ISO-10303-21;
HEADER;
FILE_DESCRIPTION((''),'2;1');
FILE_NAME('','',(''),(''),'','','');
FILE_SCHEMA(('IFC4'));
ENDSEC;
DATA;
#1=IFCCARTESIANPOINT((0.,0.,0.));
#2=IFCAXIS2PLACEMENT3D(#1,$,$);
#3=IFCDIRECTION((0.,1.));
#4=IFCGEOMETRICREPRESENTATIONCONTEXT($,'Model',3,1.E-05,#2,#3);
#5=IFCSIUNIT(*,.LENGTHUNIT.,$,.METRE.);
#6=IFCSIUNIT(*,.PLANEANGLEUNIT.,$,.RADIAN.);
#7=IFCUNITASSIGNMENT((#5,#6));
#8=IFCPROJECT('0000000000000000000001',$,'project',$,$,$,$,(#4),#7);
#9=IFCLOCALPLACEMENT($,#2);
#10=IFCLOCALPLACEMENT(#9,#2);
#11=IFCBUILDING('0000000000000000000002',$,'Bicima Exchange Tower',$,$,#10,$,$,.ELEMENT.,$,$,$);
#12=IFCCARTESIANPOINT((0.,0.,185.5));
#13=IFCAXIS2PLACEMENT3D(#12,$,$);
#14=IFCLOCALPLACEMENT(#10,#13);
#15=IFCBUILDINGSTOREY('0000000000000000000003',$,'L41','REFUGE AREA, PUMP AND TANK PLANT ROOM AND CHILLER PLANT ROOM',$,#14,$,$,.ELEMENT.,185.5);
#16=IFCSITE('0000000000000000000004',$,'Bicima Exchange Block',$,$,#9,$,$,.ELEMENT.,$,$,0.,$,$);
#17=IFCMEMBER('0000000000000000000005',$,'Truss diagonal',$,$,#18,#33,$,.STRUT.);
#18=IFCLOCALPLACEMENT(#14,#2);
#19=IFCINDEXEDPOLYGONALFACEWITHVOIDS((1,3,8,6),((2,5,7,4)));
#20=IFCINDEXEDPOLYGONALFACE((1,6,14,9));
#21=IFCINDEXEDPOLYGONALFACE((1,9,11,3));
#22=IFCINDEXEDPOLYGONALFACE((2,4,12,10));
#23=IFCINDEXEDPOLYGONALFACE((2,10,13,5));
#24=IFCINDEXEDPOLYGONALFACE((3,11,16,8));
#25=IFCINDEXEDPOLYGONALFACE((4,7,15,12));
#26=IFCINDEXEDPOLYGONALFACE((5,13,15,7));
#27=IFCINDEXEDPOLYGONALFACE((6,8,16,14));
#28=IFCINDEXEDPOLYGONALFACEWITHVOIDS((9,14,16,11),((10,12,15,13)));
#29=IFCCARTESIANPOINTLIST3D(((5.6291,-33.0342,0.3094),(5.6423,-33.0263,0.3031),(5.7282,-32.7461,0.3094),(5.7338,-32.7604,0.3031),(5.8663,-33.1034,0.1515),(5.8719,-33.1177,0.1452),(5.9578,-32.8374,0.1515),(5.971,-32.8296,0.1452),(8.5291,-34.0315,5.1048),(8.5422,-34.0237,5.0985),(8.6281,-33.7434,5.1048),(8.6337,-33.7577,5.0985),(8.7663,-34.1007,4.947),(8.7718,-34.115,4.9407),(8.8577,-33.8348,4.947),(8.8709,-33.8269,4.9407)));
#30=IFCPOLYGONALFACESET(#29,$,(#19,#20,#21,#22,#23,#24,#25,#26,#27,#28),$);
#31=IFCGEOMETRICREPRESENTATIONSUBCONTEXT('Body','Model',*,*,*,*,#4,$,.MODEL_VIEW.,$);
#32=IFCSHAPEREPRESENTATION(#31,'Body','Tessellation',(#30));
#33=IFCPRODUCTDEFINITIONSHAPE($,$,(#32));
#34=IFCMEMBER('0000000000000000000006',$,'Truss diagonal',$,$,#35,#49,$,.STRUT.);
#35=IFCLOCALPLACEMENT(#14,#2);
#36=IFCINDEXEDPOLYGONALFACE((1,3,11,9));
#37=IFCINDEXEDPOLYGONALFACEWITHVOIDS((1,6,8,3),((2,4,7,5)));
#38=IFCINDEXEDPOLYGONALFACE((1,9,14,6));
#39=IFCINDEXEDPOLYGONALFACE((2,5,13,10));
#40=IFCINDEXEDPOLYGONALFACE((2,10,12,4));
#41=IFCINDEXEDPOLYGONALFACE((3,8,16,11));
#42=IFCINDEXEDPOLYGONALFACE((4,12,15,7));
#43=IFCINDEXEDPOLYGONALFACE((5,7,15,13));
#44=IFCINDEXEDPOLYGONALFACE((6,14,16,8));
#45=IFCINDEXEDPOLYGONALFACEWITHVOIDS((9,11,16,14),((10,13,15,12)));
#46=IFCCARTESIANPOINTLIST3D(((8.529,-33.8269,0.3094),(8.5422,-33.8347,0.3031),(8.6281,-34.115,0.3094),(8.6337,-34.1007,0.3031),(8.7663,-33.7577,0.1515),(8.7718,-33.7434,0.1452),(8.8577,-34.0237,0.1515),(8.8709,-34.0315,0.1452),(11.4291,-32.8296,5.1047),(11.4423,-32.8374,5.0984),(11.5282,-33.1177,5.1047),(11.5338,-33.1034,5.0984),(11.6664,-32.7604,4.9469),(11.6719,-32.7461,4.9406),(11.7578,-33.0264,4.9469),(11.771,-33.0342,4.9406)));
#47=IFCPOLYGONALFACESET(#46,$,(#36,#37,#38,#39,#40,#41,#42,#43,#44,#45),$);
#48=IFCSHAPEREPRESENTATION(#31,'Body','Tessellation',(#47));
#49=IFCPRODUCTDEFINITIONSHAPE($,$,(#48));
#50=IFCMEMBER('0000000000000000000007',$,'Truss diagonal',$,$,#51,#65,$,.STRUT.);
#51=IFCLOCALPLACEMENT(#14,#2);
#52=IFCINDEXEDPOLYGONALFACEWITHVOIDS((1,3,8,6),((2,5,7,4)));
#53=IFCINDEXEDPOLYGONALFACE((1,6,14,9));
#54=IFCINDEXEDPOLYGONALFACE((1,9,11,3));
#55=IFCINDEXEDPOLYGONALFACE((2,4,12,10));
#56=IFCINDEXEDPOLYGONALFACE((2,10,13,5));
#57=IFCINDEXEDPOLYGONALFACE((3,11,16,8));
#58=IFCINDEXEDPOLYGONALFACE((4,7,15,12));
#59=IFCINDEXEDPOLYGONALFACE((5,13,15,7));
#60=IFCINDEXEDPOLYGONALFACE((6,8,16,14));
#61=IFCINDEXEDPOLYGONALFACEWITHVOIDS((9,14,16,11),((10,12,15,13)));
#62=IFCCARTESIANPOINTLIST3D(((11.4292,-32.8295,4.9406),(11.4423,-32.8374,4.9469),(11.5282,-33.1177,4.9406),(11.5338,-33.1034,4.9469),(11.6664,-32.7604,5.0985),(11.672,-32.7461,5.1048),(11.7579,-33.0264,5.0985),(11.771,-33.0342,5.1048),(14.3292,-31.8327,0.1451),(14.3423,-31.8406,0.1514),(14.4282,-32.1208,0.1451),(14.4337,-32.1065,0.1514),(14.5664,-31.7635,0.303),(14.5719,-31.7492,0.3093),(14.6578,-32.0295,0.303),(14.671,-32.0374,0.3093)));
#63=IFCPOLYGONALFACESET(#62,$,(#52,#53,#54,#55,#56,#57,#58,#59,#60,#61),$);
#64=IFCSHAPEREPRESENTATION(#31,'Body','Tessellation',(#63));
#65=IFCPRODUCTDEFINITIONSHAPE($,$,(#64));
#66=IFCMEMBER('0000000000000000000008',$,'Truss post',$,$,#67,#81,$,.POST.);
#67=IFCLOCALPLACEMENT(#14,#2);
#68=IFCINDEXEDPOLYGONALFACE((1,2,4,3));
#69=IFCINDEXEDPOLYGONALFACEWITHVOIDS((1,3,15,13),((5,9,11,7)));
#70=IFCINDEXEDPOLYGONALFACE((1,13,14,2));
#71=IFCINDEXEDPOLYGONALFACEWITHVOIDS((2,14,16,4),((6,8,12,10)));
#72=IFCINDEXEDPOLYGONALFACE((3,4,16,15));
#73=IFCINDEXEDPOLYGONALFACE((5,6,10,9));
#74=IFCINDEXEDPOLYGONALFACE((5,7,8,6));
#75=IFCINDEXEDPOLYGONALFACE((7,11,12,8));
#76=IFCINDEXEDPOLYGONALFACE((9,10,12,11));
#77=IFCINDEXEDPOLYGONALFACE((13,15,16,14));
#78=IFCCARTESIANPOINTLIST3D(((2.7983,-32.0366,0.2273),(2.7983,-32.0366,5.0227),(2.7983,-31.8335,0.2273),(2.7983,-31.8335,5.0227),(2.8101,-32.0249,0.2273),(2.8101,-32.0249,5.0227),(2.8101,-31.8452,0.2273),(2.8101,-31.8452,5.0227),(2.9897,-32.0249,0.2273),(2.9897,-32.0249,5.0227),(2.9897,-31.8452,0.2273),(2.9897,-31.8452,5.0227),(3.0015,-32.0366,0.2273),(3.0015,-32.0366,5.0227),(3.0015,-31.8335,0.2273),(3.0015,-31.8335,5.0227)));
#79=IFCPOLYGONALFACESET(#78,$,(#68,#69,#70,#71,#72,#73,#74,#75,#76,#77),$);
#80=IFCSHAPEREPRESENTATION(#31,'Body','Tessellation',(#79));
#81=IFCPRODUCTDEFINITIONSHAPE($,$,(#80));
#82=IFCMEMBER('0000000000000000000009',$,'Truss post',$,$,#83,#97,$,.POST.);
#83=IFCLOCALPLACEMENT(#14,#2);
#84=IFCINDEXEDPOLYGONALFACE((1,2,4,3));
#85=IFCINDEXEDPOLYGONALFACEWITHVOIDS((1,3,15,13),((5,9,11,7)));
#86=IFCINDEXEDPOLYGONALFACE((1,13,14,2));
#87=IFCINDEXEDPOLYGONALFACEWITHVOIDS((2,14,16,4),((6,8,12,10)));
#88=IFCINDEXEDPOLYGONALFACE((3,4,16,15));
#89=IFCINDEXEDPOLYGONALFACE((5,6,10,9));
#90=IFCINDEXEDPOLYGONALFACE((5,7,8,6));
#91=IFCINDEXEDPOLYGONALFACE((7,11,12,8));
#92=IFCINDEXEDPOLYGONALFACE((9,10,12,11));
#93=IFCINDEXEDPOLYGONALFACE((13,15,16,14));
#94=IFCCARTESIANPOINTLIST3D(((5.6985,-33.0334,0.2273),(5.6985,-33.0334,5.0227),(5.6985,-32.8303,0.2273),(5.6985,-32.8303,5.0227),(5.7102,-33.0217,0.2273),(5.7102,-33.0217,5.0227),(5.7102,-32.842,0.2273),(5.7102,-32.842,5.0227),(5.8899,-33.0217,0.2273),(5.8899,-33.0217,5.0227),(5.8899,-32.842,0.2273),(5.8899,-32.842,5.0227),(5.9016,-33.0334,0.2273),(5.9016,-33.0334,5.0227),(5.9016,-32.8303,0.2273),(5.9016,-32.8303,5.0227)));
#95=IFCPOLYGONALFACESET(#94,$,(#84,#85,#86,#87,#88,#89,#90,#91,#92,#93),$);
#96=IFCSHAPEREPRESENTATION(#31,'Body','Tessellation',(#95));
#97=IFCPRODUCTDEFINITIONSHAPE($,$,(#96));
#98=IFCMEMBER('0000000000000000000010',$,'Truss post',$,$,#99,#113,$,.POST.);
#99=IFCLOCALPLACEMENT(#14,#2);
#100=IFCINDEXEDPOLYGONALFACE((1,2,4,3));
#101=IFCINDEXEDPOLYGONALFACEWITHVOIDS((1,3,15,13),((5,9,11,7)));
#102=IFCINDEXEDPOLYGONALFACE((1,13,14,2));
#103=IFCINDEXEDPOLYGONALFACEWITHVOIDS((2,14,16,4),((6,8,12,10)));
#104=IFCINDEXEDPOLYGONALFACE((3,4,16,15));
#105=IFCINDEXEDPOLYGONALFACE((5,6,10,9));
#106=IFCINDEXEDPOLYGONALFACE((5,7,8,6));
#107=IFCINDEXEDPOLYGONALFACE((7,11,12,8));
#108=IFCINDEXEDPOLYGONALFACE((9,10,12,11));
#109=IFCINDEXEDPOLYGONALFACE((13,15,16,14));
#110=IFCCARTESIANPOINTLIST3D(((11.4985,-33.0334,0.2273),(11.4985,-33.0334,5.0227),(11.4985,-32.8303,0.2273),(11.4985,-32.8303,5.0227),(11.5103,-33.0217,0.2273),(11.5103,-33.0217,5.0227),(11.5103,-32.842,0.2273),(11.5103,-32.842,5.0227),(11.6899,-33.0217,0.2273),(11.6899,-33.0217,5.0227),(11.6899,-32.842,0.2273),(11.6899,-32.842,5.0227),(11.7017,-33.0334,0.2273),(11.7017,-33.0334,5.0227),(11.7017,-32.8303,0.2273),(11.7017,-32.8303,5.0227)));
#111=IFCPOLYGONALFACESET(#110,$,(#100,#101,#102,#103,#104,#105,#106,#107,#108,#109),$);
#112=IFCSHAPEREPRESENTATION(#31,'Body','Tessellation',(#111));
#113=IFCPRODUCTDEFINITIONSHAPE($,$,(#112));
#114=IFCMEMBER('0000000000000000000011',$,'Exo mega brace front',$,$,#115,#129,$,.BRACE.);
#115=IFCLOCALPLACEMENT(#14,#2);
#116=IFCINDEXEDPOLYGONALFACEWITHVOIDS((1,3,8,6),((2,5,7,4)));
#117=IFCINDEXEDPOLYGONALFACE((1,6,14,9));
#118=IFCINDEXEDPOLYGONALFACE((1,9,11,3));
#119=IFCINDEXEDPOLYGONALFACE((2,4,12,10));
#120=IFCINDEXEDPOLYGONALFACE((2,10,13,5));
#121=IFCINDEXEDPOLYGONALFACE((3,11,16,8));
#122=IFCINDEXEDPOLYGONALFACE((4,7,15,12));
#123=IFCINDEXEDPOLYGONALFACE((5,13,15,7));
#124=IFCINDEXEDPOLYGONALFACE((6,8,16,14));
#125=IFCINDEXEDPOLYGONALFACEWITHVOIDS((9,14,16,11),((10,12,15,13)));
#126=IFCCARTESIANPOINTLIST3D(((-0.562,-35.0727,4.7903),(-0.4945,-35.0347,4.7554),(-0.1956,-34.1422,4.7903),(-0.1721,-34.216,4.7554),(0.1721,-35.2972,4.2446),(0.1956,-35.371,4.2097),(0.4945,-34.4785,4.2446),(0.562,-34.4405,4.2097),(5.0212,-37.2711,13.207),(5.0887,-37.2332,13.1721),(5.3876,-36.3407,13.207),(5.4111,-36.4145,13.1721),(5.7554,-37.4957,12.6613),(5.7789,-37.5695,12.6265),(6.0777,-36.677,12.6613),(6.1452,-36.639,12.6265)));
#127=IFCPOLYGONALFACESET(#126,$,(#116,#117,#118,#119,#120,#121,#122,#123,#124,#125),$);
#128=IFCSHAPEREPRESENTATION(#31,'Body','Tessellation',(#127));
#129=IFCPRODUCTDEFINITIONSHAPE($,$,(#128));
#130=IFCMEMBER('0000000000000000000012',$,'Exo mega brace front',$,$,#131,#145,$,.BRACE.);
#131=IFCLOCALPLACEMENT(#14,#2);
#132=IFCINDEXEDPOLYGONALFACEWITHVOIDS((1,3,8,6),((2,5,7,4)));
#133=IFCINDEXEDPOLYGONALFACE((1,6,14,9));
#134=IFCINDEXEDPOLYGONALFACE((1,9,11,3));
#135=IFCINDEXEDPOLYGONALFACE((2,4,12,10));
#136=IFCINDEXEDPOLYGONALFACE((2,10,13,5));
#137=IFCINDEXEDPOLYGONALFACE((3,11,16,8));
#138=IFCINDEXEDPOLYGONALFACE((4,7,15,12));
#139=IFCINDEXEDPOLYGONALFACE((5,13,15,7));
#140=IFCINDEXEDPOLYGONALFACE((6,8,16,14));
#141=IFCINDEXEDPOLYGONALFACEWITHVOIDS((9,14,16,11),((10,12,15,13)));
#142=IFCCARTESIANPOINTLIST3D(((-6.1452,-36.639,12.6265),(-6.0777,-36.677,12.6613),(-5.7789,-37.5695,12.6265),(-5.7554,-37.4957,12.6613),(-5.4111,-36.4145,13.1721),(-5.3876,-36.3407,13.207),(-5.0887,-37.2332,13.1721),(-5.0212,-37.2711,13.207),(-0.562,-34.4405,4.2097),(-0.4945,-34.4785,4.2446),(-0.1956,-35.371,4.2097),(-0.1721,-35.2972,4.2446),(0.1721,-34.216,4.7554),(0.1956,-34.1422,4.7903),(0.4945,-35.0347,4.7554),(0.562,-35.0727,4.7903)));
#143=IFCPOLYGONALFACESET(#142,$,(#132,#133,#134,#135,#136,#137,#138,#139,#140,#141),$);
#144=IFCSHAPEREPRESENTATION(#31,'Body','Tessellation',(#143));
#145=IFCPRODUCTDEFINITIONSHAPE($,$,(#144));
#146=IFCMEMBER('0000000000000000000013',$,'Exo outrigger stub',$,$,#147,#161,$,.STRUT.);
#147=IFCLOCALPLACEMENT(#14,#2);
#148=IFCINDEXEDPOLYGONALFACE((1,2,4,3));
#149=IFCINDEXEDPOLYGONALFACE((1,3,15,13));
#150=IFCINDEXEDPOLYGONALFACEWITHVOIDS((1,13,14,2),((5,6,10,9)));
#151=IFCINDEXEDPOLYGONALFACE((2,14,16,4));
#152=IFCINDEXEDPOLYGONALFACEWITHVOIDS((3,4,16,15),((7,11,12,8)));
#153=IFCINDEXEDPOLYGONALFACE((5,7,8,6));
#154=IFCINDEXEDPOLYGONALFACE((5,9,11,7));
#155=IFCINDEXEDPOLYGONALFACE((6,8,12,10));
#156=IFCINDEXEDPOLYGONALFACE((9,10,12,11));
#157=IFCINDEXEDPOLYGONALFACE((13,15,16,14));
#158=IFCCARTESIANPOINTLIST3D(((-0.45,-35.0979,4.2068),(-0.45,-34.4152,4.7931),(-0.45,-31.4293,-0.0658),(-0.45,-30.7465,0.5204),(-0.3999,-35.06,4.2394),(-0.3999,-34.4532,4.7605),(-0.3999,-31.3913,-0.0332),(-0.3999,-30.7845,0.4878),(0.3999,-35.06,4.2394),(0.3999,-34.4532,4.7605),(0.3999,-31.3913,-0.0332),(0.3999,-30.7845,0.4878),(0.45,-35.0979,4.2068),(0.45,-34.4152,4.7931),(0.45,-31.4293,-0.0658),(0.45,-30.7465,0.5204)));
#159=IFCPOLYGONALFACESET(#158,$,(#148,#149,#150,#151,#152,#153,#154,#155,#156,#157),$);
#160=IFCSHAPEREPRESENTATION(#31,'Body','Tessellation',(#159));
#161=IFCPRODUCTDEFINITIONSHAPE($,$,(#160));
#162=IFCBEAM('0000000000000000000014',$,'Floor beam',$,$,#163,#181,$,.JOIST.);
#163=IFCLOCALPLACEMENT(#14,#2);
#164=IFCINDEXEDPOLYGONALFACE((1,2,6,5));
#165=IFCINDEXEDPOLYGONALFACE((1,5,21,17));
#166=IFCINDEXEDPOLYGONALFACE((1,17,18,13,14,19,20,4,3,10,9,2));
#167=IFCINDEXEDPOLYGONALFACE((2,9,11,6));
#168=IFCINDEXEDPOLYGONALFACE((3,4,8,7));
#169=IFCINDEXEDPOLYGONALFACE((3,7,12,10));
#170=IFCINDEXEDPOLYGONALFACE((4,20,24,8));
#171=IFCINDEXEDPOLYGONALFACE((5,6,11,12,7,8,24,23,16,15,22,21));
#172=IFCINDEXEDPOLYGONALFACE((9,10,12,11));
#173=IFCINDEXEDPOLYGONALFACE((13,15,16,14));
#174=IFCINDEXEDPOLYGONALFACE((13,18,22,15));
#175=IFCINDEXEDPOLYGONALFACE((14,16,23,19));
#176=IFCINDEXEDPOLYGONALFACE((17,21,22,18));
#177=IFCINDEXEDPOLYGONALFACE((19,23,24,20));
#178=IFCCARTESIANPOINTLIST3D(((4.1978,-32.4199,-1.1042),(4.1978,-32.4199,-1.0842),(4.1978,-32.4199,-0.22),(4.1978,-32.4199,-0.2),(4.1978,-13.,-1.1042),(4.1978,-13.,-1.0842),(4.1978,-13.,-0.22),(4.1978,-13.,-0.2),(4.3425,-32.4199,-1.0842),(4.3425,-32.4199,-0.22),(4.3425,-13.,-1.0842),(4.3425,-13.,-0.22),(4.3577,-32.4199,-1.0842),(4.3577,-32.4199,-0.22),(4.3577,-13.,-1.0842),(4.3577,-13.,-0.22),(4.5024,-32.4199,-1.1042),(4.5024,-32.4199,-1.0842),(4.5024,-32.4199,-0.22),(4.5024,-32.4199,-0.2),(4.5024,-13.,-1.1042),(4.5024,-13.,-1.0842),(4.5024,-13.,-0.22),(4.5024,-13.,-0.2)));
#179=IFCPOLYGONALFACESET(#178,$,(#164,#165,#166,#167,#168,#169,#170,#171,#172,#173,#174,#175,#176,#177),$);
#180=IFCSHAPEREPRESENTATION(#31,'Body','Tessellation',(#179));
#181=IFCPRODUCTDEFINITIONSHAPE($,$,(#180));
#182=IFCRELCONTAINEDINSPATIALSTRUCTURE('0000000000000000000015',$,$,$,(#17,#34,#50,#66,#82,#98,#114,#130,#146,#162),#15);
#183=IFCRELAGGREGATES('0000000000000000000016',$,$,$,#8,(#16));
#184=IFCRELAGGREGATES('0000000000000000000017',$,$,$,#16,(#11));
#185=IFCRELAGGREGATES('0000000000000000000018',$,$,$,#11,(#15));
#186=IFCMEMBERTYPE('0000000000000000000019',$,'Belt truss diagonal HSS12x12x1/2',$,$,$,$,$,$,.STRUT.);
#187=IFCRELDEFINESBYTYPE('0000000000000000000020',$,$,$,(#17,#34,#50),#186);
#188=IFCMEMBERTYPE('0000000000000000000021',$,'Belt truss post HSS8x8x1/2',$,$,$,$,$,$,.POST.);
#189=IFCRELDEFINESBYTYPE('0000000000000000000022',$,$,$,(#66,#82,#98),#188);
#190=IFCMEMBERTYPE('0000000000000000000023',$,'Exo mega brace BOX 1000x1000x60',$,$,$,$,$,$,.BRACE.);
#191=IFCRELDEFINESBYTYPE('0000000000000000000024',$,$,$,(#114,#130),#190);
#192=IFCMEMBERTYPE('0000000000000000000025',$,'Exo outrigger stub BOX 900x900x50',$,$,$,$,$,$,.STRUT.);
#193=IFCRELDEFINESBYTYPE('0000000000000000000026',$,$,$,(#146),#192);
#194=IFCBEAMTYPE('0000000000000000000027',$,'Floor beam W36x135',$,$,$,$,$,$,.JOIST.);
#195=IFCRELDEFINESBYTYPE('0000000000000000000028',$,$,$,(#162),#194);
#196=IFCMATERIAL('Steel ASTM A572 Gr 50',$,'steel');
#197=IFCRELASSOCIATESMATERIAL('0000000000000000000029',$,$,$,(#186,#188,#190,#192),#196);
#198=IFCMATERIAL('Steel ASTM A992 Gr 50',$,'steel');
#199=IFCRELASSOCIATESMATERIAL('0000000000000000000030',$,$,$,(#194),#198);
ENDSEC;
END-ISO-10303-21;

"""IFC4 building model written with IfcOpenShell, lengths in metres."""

from ifc_helpers import new_model, si_unit, direction, frame, origin, origin_2d, place, context, subcontext, project, spatial, hollow_rectangle, i_section, extrude, material, material_profile, profile_set, type_object, element, save


model = new_model("IFC4")

# Units and contexts
model_context = context("Model", 3, precision=1e-05, world=origin(), true_north=direction((0.0, 1.0)))
body_context = subcontext(model_context, "Body", "Model", "MODEL_VIEW")
ifc_project = project(units=[si_unit("LENGTHUNIT", "METRE"), si_unit("PLANEANGLEUNIT", "RADIAN")], contexts=[model_context])

# Site, building, storey
site_placement = place(None, origin())
site = spatial("IfcSite", under=ifc_project, at=site_placement, Name="Bicima Exchange Block", CompositionType="ELEMENT", RefElevation=0.0)
building_placement = place(site_placement, origin())
building = spatial("IfcBuilding", under=site, at=building_placement, Name="Bicima Exchange Tower", CompositionType="ELEMENT")
storey_placement = place(building_placement, frame((0.0, 0.0, 185.5)))
storey = spatial("IfcBuildingStorey", under=building, at=storey_placement, Name="L41", Description="REFUGE AREA, PUMP AND TANK PLANT ROOM AND CHILLER PLANT ROOM", CompositionType="ELEMENT", Elevation=185.5)

# Shared definitions
ifc_material_1 = material(Name="Steel ASTM A992 Gr 50", Category="steel")

# Members
ifc_material_2 = material(Name="Steel ASTM A572 Gr 50", Category="steel")
ifc_material_profile_1 = material_profile(ifc_material_2, hollow_rectangle(XDim=0.3047, YDim=0.3047, WallThickness=0.0117, at=origin_2d()))
ifc_profile_set_1 = profile_set([ifc_material_profile_1], Name="Steel ASTM A572 Gr 50")
member_type_1 = type_object("IfcMemberType", Name="Belt truss diagonal HSS12x12x1/2", PredefinedType="STRUT", material=ifc_profile_set_1)
for number, where, z_axis, x_axis, name in (
    (1, (5.8, -32.9319, 0.2273), (0.509461, -0.17521, 0.842467), (0.325218, 0.945639, 0.0), "Truss diagonal"),
    (2, (8.7, -33.9292, 0.2273), (0.509492, 0.175206, 0.842449), (-0.325193, 0.945648, 0.0), "Truss diagonal"),
    (3, (11.6001, -32.9319, 5.0227), (0.509468, 0.175127, -0.84248), (-0.325075, 0.945688, 0.0), "Truss diagonal"),
):
    element("IfcMember", number, at=place(storey_placement, frame(where, z_axis=z_axis, x_axis=x_axis)), inside=storey, type_object=member_type_1, Name=name, PredefinedType="STRUT", context=body_context, shape_type="SweptSolid", body=[
        extrude(hollow_rectangle(XDim=0.3047, YDim=0.3047, WallThickness=0.0117, at=origin_2d()), origin(), (0.0, 0.0, 1.0), 5.6921),
    ])
ifc_material_profile_2 = material_profile(ifc_material_2, hollow_rectangle(XDim=0.2031, YDim=0.2031, WallThickness=0.0117, at=origin_2d()))
ifc_profile_set_2 = profile_set([ifc_material_profile_2], Name="Steel ASTM A572 Gr 50")
member_type_2 = type_object("IfcMemberType", Name="Belt truss post HSS8x8x1/2", PredefinedType="POST", material=ifc_profile_set_2)
for number, where, z_axis, x_axis, name in (
    (4, (2.8999, -31.9351, 0.2273), (0.0, 0.0, 1.0), (1.0, 0.0, 0.0), "Truss post"),
    (5, (5.8, -32.9319, 0.2273), (0.0, 0.0, 1.0), (1.0, 0.0, 0.0), "Truss post"),
    (6, (11.6001, -32.9319, 0.2273), (0.0, 0.0, 1.0), (1.0, 0.0, 0.0), "Truss post"),
):
    element("IfcMember", number, at=place(storey_placement, frame(where, z_axis=z_axis, x_axis=x_axis)), inside=storey, type_object=member_type_2, Name=name, PredefinedType="POST", context=body_context, shape_type="SweptSolid", body=[
        extrude(hollow_rectangle(XDim=0.2031, YDim=0.2031, WallThickness=0.0117, at=origin_2d()), origin(), (0.0, 0.0, 1.0), 4.7954),
    ])
ifc_material_profile_3 = material_profile(ifc_material_2, hollow_rectangle(XDim=1.0, YDim=1.0, WallThickness=0.0601, at=origin_2d()))
ifc_profile_set_3 = profile_set([ifc_material_profile_3], Name="Steel ASTM A572 Gr 50")
member_type_3 = type_object("IfcMemberType", Name="Exo mega brace BOX 1000x1000x60", PredefinedType="BRACE", material=ifc_profile_set_3)
for number, where, z_axis, x_axis, name in (
    (7, (0.0, -34.7566, 4.5), (0.540138, -0.212687, 0.814257), (0.366384, 0.930464, 0.0), "Exo mega brace front"),
    (8, (0.0, -34.7566, 4.5), (-0.540138, -0.212687, 0.814257), (0.366384, -0.930464, 0.0), "Exo mega brace front"),
):
    element("IfcMember", number, at=place(storey_placement, frame(where, z_axis=z_axis, x_axis=x_axis)), inside=storey, type_object=member_type_3, Name=name, PredefinedType="BRACE", context=body_context, shape_type="SweptSolid", body=[
        extrude(hollow_rectangle(XDim=1.0, YDim=1.0, WallThickness=0.0601, at=origin_2d()), origin(), (0.0, 0.0, 1.0), 10.3367),
    ])
ifc_material_profile_4 = material_profile(ifc_material_2, hollow_rectangle(XDim=0.8999, YDim=0.8999, WallThickness=0.05, at=origin_2d()))
ifc_profile_set_4 = profile_set([ifc_material_profile_4], Name="Steel ASTM A572 Gr 50")
member_type_4 = type_object("IfcMemberType", Name="Exo outrigger stub BOX 900x900x50", PredefinedType="STRUT", material=ifc_profile_set_4)
member_1_placement = place(storey_placement, frame((0.0, -31.0879, 0.2273), z_axis=(0.0, -0.651444, 0.758696), x_axis=(1.0, 0.0, 0.0)))
element("IfcMember", 9, at=member_1_placement, inside=storey, type_object=member_type_4, Name="Exo outrigger stub", PredefinedType="STRUT", context=body_context, shape_type="SweptSolid", body=[
    extrude(hollow_rectangle(XDim=0.8999, YDim=0.8999, WallThickness=0.05, at=origin_2d()), origin(), (0.0, 0.0, 1.0), 5.6316),
])

# Beam
ifc_material_profile_5 = material_profile(ifc_material_1, i_section(OverallWidth=0.3047, OverallDepth=0.9043, WebThickness=0.0151, FlangeThickness=0.02, at=origin_2d()))
ifc_profile_set_5 = profile_set([ifc_material_profile_5], Name="Steel ASTM A992 Gr 50")
beam_type_1 = type_object("IfcBeamType", Name="Floor beam W36x135", PredefinedType="JOIST", material=ifc_profile_set_5)
beam_1_placement = place(storey_placement, frame((4.3501, -13.0, -0.6521), z_axis=(0.0, -1.0, 0.0), x_axis=(1.0, 0.0, 0.0)))
element("IfcBeam", 10, at=beam_1_placement, inside=storey, type_object=beam_type_1, Name="Floor beam", PredefinedType="JOIST", context=body_context, shape_type="SweptSolid", body=[
    extrude(i_section(OverallWidth=0.3047, OverallDepth=0.9043, WebThickness=0.0151, FlangeThickness=0.02, at=origin_2d()), origin(), (0.0, 0.0, 1.0), 19.4199),
])

save(model, "model.ifc")
